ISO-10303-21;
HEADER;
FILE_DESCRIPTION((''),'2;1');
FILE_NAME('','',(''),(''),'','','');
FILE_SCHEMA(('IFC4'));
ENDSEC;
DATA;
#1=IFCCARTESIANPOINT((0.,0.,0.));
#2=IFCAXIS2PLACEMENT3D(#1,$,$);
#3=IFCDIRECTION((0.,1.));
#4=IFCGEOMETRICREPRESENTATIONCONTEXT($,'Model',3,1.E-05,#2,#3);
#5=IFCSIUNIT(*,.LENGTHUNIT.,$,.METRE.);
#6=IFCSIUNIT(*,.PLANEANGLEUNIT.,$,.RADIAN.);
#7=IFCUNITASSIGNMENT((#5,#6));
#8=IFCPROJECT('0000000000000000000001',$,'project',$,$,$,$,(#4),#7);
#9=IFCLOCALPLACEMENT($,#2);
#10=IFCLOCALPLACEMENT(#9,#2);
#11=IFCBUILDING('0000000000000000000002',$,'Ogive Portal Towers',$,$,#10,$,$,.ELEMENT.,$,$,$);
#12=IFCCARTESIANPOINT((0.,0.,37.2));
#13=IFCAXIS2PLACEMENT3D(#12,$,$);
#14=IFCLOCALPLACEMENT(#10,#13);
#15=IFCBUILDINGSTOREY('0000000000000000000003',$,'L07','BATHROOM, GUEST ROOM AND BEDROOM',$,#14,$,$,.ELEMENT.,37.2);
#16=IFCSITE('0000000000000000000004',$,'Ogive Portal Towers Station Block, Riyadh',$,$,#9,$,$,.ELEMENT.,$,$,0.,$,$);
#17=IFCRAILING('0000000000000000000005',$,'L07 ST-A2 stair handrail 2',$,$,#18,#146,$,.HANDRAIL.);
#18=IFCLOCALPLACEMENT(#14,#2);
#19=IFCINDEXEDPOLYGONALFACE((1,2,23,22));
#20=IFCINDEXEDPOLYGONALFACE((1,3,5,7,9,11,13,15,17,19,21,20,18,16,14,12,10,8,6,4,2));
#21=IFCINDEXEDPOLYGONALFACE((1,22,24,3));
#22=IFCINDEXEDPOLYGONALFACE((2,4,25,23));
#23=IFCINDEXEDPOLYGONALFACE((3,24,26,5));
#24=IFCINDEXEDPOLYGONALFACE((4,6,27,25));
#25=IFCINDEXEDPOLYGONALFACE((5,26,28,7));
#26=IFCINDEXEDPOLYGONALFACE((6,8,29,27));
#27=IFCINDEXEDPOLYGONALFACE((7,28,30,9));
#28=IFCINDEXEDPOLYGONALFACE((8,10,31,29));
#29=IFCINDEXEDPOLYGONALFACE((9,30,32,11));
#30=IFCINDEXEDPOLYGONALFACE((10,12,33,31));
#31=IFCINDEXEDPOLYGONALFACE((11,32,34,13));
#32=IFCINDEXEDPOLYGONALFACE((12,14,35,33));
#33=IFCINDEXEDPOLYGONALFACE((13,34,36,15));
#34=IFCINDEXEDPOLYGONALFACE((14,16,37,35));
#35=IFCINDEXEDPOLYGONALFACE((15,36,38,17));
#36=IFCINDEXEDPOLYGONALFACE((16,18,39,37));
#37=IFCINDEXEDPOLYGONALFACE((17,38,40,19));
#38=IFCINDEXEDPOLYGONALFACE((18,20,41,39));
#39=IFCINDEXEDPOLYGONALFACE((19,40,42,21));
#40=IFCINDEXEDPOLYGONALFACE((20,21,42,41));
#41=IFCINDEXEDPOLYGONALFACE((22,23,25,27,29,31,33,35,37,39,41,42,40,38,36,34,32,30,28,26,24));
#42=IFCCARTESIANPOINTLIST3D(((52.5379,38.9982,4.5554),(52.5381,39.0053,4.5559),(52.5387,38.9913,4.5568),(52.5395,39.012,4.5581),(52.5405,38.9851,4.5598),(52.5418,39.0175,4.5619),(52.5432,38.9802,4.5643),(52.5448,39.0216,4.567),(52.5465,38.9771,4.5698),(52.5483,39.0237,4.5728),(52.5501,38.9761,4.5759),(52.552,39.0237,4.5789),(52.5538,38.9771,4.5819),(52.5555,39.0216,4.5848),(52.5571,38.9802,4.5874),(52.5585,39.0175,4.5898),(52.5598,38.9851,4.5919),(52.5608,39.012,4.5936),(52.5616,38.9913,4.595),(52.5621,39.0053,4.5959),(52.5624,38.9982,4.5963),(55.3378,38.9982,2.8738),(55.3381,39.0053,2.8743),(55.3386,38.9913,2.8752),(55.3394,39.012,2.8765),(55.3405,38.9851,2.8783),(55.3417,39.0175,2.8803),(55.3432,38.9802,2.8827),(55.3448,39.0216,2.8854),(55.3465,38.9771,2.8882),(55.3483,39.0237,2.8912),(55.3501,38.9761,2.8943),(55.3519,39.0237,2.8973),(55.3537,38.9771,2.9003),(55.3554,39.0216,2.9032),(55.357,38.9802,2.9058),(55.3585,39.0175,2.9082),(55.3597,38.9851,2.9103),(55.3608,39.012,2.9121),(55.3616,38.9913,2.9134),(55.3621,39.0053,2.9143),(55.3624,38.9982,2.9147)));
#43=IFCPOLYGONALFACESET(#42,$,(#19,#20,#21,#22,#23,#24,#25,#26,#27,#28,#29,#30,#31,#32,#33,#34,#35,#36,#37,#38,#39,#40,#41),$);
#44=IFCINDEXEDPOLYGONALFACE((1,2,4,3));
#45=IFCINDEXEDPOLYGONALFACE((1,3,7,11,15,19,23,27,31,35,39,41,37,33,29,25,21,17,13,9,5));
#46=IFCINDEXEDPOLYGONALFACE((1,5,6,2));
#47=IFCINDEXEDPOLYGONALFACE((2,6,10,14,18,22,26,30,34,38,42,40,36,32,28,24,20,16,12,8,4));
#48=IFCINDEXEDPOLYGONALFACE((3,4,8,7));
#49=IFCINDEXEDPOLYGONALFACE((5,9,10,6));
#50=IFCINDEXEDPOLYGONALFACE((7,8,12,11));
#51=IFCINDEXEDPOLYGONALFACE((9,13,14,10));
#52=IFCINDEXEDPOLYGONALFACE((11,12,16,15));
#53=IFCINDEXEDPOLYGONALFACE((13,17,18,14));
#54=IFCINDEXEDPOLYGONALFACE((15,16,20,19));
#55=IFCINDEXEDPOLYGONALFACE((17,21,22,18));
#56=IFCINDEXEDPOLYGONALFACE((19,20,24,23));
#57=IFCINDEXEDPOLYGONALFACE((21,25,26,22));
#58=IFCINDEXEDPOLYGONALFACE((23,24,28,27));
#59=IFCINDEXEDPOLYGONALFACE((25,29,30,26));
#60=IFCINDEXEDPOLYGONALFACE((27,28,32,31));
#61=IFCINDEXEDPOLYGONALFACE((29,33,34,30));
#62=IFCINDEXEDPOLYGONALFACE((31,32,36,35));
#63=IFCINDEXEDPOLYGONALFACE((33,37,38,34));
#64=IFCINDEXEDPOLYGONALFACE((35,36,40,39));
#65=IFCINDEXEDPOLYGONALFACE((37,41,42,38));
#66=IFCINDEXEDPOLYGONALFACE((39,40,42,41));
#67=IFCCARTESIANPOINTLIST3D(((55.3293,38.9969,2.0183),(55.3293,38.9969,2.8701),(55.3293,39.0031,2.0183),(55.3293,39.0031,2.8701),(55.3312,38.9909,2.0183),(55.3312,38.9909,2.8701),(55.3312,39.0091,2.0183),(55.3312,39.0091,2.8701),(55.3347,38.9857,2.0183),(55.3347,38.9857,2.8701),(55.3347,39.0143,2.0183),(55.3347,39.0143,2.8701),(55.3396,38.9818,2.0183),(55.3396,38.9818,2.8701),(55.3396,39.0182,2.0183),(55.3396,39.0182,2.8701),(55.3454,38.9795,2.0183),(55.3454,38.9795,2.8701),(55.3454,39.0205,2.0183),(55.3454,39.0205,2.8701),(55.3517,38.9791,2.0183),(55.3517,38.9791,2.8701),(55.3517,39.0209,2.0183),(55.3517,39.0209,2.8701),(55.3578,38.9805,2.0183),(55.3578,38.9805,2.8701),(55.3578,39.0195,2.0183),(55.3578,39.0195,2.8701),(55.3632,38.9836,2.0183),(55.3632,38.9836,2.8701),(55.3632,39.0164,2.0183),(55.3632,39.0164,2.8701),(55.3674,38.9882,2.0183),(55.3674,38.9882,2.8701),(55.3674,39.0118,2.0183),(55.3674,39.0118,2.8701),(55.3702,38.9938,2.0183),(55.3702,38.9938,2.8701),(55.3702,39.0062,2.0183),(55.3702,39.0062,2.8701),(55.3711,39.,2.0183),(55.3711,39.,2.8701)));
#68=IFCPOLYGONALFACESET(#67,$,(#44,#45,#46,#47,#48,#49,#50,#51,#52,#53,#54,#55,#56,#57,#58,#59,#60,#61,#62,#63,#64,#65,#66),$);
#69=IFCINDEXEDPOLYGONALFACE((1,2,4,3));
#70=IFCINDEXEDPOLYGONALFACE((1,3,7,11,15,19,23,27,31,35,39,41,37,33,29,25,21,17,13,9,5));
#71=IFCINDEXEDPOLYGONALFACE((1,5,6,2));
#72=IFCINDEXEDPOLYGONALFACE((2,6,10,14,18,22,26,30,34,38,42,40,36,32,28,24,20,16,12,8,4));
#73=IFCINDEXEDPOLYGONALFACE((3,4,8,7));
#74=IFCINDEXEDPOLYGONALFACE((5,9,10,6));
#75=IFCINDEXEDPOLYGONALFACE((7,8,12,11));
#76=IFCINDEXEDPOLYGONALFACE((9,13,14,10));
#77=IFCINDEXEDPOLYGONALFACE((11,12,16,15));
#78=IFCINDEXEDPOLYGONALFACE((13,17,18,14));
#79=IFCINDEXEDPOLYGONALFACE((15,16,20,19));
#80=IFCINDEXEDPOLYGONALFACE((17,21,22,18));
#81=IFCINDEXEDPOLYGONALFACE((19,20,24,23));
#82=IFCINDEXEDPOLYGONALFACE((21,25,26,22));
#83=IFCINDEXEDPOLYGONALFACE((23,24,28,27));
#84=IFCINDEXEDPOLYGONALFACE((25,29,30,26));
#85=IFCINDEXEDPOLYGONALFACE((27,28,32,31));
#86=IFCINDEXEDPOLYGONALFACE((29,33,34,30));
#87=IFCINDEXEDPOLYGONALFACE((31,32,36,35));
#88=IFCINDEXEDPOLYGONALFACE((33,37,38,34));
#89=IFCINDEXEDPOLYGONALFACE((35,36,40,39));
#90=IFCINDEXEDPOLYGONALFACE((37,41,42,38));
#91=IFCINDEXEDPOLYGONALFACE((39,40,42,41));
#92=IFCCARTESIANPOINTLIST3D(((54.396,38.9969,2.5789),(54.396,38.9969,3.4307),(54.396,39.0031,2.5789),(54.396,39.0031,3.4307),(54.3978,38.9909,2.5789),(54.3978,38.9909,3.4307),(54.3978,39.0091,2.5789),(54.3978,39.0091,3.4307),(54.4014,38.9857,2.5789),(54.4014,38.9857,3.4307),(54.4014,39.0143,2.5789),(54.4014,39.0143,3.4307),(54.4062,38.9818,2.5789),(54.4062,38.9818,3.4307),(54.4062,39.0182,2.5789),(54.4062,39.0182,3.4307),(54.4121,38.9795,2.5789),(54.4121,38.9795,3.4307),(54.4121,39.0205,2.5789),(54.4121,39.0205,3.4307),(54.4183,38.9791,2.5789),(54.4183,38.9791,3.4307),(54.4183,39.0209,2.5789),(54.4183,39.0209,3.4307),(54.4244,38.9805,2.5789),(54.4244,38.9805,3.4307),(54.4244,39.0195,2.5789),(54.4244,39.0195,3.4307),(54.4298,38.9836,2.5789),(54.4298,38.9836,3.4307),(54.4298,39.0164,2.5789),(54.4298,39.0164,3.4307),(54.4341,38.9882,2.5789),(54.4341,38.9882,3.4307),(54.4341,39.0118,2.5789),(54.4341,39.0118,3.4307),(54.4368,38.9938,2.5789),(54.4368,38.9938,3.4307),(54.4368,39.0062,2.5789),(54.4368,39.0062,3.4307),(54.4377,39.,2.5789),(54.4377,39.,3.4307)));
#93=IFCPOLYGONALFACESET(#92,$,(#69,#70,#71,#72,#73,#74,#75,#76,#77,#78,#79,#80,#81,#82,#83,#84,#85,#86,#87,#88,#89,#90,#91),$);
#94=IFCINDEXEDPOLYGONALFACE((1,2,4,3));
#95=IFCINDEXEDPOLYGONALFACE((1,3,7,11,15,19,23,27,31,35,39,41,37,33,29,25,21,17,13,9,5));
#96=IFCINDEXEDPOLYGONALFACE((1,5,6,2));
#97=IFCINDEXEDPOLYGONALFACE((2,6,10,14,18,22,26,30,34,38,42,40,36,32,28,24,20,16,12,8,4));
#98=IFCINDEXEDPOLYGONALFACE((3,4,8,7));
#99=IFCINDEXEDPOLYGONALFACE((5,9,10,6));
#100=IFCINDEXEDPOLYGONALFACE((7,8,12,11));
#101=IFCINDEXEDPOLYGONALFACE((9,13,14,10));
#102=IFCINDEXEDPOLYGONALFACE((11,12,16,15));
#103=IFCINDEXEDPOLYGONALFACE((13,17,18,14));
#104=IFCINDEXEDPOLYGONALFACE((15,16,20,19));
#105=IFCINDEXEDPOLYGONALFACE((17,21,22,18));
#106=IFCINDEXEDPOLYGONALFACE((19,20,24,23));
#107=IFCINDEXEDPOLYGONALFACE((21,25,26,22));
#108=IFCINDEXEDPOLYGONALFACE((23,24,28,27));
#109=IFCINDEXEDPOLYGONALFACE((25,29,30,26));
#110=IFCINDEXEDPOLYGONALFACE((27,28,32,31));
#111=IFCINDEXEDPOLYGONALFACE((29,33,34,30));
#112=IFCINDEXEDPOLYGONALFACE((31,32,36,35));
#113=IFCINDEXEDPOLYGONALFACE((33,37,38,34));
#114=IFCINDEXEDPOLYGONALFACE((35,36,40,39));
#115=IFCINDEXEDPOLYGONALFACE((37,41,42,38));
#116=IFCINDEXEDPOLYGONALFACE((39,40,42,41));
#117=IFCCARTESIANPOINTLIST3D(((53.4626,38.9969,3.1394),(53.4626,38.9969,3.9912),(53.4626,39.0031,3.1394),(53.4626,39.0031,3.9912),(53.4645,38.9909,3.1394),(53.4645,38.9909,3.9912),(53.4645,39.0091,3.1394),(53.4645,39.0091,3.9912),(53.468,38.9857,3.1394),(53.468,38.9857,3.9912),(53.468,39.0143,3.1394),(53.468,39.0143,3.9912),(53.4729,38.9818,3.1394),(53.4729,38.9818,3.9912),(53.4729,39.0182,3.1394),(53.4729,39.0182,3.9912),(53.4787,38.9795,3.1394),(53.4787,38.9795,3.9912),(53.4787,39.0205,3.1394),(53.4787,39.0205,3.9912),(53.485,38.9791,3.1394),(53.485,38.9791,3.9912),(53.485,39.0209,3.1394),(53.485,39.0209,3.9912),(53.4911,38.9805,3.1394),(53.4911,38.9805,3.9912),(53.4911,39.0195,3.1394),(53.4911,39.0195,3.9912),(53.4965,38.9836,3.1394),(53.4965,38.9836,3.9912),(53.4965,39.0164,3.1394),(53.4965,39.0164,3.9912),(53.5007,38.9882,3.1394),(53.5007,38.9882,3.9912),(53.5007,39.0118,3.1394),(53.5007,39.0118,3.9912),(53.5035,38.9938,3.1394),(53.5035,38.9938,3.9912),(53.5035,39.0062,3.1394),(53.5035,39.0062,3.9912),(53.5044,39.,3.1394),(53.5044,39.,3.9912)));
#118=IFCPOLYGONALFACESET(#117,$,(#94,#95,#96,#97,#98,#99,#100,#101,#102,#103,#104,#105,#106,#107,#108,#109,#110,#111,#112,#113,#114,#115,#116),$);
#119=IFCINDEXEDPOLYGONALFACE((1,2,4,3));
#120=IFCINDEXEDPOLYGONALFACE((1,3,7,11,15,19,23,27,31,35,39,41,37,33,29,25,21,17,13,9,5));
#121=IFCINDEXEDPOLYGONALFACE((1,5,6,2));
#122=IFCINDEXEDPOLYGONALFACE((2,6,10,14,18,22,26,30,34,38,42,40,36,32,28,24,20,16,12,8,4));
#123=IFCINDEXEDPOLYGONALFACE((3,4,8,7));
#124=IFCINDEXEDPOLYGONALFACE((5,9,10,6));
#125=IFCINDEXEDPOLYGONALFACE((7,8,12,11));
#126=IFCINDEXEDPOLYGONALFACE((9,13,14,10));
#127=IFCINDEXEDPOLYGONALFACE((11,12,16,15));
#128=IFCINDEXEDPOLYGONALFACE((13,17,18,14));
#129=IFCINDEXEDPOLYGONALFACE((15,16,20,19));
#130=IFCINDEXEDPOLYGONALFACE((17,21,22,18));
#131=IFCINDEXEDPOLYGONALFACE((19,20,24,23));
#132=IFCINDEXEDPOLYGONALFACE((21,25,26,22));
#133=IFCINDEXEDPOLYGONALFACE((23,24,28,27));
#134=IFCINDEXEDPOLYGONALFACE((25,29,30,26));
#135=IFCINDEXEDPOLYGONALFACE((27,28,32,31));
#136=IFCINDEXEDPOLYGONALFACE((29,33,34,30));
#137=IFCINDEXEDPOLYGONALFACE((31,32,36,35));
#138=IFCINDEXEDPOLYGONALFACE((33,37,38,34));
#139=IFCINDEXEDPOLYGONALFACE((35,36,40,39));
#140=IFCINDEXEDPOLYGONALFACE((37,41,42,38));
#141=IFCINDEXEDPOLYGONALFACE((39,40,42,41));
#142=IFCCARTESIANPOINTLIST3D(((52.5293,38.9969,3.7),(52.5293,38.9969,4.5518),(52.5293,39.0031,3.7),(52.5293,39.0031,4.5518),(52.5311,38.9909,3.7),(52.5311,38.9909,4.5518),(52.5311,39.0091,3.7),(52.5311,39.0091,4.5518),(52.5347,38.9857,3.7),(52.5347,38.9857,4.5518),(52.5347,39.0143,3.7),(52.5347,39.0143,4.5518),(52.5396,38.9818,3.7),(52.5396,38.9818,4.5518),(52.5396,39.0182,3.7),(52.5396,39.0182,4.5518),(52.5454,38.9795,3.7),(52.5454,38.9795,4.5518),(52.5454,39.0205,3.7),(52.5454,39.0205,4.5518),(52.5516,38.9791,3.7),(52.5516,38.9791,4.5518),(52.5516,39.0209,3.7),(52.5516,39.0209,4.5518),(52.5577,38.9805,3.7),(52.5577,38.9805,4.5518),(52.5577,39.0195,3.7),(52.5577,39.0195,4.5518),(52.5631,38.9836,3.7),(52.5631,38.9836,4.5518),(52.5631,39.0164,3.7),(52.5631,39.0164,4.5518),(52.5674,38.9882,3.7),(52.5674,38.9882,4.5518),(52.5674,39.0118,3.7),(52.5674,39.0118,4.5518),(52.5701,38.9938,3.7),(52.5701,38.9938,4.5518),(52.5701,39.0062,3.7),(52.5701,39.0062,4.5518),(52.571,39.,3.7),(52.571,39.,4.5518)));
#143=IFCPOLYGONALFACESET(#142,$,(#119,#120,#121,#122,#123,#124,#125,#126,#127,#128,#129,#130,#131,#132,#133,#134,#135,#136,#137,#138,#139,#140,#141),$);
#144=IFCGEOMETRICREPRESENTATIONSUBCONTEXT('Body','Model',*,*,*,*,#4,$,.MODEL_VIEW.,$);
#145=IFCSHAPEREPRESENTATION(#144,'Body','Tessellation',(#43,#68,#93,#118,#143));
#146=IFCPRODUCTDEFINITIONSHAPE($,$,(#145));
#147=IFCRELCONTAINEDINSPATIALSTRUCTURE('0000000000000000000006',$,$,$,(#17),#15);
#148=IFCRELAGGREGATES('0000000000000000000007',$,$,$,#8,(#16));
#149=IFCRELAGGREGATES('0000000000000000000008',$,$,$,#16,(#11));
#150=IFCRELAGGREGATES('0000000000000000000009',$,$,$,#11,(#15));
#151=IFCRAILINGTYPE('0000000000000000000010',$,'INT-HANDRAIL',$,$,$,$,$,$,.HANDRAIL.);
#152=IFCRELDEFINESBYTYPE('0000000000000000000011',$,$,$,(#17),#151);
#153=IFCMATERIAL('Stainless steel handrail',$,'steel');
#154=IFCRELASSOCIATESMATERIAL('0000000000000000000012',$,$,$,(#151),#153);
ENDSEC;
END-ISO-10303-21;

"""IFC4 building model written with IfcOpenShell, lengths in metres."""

from ifc_helpers import new_model, si_unit, direction, frame, origin, origin_2d, place, context, subcontext, project, spatial, circle, extrude, material, type_object, element, save


model = new_model("IFC4")

# Units and contexts
model_context = context("Model", 3, precision=1e-05, world=origin(), true_north=direction((0.0, 1.0)))
body_context = subcontext(model_context, "Body", "Model", "MODEL_VIEW")
ifc_project = project(units=[si_unit("LENGTHUNIT", "METRE"), si_unit("PLANEANGLEUNIT", "RADIAN")], contexts=[model_context])

# Site, building, storey
site_placement = place(None, origin())
site = spatial("IfcSite", under=ifc_project, at=site_placement, Name="Ogive Portal Towers Station Block, Riyadh", CompositionType="ELEMENT", RefElevation=0.0)
building_placement = place(site_placement, origin())
building = spatial("IfcBuilding", under=site, at=building_placement, Name="Ogive Portal Towers", CompositionType="ELEMENT")
storey_placement = place(building_placement, frame((0.0, 0.0, 37.2)))
storey = spatial("IfcBuildingStorey", under=building, at=storey_placement, Name="L07", Description="BATHROOM, GUEST ROOM AND BEDROOM", CompositionType="ELEMENT", Elevation=37.2)

# Railing
ifc_material_1 = material(Name="Stainless steel handrail", Category="steel")
railing_type_1 = type_object("IfcRailingType", Name="INT-HANDRAIL", PredefinedType="HANDRAIL", material=ifc_material_1)
railing_1_placement = place(storey_placement, frame((55.3501, 39.0, 2.0183)))
element("IfcRailing", 1, at=railing_1_placement, inside=storey, type_object=railing_type_1, Name="L07 ST-A2 stair handrail 2", PredefinedType="HANDRAIL", context=body_context, shape_type="SweptSolid", body=[
    extrude(circle(Radius=0.0239, at=origin_2d()), frame((0.0, 0.0, 0.876), z_axis=(-0.857275, 0.0, 0.514858), x_axis=(0.0, -1.0, 0.0)), (0.0, 0.0, 1.0), 3.2661),
    extrude(circle(Radius=0.021, at=origin_2d()), origin(), (0.0, 0.0, 1.0), 0.8518),
    extrude(circle(Radius=0.021, at=origin_2d()), frame((-0.9333, 0.0, 0.5605)), (0.0, 0.0, 1.0), 0.8518),
    extrude(circle(Radius=0.021, at=origin_2d()), frame((-1.8667, 0.0, 1.1211)), (0.0, 0.0, 1.0), 0.8518),
    extrude(circle(Radius=0.021, at=origin_2d()), frame((-2.8, 0.0, 1.6816)), (0.0, 0.0, 1.0), 0.8518),
])

save(model, "model.ifc")
